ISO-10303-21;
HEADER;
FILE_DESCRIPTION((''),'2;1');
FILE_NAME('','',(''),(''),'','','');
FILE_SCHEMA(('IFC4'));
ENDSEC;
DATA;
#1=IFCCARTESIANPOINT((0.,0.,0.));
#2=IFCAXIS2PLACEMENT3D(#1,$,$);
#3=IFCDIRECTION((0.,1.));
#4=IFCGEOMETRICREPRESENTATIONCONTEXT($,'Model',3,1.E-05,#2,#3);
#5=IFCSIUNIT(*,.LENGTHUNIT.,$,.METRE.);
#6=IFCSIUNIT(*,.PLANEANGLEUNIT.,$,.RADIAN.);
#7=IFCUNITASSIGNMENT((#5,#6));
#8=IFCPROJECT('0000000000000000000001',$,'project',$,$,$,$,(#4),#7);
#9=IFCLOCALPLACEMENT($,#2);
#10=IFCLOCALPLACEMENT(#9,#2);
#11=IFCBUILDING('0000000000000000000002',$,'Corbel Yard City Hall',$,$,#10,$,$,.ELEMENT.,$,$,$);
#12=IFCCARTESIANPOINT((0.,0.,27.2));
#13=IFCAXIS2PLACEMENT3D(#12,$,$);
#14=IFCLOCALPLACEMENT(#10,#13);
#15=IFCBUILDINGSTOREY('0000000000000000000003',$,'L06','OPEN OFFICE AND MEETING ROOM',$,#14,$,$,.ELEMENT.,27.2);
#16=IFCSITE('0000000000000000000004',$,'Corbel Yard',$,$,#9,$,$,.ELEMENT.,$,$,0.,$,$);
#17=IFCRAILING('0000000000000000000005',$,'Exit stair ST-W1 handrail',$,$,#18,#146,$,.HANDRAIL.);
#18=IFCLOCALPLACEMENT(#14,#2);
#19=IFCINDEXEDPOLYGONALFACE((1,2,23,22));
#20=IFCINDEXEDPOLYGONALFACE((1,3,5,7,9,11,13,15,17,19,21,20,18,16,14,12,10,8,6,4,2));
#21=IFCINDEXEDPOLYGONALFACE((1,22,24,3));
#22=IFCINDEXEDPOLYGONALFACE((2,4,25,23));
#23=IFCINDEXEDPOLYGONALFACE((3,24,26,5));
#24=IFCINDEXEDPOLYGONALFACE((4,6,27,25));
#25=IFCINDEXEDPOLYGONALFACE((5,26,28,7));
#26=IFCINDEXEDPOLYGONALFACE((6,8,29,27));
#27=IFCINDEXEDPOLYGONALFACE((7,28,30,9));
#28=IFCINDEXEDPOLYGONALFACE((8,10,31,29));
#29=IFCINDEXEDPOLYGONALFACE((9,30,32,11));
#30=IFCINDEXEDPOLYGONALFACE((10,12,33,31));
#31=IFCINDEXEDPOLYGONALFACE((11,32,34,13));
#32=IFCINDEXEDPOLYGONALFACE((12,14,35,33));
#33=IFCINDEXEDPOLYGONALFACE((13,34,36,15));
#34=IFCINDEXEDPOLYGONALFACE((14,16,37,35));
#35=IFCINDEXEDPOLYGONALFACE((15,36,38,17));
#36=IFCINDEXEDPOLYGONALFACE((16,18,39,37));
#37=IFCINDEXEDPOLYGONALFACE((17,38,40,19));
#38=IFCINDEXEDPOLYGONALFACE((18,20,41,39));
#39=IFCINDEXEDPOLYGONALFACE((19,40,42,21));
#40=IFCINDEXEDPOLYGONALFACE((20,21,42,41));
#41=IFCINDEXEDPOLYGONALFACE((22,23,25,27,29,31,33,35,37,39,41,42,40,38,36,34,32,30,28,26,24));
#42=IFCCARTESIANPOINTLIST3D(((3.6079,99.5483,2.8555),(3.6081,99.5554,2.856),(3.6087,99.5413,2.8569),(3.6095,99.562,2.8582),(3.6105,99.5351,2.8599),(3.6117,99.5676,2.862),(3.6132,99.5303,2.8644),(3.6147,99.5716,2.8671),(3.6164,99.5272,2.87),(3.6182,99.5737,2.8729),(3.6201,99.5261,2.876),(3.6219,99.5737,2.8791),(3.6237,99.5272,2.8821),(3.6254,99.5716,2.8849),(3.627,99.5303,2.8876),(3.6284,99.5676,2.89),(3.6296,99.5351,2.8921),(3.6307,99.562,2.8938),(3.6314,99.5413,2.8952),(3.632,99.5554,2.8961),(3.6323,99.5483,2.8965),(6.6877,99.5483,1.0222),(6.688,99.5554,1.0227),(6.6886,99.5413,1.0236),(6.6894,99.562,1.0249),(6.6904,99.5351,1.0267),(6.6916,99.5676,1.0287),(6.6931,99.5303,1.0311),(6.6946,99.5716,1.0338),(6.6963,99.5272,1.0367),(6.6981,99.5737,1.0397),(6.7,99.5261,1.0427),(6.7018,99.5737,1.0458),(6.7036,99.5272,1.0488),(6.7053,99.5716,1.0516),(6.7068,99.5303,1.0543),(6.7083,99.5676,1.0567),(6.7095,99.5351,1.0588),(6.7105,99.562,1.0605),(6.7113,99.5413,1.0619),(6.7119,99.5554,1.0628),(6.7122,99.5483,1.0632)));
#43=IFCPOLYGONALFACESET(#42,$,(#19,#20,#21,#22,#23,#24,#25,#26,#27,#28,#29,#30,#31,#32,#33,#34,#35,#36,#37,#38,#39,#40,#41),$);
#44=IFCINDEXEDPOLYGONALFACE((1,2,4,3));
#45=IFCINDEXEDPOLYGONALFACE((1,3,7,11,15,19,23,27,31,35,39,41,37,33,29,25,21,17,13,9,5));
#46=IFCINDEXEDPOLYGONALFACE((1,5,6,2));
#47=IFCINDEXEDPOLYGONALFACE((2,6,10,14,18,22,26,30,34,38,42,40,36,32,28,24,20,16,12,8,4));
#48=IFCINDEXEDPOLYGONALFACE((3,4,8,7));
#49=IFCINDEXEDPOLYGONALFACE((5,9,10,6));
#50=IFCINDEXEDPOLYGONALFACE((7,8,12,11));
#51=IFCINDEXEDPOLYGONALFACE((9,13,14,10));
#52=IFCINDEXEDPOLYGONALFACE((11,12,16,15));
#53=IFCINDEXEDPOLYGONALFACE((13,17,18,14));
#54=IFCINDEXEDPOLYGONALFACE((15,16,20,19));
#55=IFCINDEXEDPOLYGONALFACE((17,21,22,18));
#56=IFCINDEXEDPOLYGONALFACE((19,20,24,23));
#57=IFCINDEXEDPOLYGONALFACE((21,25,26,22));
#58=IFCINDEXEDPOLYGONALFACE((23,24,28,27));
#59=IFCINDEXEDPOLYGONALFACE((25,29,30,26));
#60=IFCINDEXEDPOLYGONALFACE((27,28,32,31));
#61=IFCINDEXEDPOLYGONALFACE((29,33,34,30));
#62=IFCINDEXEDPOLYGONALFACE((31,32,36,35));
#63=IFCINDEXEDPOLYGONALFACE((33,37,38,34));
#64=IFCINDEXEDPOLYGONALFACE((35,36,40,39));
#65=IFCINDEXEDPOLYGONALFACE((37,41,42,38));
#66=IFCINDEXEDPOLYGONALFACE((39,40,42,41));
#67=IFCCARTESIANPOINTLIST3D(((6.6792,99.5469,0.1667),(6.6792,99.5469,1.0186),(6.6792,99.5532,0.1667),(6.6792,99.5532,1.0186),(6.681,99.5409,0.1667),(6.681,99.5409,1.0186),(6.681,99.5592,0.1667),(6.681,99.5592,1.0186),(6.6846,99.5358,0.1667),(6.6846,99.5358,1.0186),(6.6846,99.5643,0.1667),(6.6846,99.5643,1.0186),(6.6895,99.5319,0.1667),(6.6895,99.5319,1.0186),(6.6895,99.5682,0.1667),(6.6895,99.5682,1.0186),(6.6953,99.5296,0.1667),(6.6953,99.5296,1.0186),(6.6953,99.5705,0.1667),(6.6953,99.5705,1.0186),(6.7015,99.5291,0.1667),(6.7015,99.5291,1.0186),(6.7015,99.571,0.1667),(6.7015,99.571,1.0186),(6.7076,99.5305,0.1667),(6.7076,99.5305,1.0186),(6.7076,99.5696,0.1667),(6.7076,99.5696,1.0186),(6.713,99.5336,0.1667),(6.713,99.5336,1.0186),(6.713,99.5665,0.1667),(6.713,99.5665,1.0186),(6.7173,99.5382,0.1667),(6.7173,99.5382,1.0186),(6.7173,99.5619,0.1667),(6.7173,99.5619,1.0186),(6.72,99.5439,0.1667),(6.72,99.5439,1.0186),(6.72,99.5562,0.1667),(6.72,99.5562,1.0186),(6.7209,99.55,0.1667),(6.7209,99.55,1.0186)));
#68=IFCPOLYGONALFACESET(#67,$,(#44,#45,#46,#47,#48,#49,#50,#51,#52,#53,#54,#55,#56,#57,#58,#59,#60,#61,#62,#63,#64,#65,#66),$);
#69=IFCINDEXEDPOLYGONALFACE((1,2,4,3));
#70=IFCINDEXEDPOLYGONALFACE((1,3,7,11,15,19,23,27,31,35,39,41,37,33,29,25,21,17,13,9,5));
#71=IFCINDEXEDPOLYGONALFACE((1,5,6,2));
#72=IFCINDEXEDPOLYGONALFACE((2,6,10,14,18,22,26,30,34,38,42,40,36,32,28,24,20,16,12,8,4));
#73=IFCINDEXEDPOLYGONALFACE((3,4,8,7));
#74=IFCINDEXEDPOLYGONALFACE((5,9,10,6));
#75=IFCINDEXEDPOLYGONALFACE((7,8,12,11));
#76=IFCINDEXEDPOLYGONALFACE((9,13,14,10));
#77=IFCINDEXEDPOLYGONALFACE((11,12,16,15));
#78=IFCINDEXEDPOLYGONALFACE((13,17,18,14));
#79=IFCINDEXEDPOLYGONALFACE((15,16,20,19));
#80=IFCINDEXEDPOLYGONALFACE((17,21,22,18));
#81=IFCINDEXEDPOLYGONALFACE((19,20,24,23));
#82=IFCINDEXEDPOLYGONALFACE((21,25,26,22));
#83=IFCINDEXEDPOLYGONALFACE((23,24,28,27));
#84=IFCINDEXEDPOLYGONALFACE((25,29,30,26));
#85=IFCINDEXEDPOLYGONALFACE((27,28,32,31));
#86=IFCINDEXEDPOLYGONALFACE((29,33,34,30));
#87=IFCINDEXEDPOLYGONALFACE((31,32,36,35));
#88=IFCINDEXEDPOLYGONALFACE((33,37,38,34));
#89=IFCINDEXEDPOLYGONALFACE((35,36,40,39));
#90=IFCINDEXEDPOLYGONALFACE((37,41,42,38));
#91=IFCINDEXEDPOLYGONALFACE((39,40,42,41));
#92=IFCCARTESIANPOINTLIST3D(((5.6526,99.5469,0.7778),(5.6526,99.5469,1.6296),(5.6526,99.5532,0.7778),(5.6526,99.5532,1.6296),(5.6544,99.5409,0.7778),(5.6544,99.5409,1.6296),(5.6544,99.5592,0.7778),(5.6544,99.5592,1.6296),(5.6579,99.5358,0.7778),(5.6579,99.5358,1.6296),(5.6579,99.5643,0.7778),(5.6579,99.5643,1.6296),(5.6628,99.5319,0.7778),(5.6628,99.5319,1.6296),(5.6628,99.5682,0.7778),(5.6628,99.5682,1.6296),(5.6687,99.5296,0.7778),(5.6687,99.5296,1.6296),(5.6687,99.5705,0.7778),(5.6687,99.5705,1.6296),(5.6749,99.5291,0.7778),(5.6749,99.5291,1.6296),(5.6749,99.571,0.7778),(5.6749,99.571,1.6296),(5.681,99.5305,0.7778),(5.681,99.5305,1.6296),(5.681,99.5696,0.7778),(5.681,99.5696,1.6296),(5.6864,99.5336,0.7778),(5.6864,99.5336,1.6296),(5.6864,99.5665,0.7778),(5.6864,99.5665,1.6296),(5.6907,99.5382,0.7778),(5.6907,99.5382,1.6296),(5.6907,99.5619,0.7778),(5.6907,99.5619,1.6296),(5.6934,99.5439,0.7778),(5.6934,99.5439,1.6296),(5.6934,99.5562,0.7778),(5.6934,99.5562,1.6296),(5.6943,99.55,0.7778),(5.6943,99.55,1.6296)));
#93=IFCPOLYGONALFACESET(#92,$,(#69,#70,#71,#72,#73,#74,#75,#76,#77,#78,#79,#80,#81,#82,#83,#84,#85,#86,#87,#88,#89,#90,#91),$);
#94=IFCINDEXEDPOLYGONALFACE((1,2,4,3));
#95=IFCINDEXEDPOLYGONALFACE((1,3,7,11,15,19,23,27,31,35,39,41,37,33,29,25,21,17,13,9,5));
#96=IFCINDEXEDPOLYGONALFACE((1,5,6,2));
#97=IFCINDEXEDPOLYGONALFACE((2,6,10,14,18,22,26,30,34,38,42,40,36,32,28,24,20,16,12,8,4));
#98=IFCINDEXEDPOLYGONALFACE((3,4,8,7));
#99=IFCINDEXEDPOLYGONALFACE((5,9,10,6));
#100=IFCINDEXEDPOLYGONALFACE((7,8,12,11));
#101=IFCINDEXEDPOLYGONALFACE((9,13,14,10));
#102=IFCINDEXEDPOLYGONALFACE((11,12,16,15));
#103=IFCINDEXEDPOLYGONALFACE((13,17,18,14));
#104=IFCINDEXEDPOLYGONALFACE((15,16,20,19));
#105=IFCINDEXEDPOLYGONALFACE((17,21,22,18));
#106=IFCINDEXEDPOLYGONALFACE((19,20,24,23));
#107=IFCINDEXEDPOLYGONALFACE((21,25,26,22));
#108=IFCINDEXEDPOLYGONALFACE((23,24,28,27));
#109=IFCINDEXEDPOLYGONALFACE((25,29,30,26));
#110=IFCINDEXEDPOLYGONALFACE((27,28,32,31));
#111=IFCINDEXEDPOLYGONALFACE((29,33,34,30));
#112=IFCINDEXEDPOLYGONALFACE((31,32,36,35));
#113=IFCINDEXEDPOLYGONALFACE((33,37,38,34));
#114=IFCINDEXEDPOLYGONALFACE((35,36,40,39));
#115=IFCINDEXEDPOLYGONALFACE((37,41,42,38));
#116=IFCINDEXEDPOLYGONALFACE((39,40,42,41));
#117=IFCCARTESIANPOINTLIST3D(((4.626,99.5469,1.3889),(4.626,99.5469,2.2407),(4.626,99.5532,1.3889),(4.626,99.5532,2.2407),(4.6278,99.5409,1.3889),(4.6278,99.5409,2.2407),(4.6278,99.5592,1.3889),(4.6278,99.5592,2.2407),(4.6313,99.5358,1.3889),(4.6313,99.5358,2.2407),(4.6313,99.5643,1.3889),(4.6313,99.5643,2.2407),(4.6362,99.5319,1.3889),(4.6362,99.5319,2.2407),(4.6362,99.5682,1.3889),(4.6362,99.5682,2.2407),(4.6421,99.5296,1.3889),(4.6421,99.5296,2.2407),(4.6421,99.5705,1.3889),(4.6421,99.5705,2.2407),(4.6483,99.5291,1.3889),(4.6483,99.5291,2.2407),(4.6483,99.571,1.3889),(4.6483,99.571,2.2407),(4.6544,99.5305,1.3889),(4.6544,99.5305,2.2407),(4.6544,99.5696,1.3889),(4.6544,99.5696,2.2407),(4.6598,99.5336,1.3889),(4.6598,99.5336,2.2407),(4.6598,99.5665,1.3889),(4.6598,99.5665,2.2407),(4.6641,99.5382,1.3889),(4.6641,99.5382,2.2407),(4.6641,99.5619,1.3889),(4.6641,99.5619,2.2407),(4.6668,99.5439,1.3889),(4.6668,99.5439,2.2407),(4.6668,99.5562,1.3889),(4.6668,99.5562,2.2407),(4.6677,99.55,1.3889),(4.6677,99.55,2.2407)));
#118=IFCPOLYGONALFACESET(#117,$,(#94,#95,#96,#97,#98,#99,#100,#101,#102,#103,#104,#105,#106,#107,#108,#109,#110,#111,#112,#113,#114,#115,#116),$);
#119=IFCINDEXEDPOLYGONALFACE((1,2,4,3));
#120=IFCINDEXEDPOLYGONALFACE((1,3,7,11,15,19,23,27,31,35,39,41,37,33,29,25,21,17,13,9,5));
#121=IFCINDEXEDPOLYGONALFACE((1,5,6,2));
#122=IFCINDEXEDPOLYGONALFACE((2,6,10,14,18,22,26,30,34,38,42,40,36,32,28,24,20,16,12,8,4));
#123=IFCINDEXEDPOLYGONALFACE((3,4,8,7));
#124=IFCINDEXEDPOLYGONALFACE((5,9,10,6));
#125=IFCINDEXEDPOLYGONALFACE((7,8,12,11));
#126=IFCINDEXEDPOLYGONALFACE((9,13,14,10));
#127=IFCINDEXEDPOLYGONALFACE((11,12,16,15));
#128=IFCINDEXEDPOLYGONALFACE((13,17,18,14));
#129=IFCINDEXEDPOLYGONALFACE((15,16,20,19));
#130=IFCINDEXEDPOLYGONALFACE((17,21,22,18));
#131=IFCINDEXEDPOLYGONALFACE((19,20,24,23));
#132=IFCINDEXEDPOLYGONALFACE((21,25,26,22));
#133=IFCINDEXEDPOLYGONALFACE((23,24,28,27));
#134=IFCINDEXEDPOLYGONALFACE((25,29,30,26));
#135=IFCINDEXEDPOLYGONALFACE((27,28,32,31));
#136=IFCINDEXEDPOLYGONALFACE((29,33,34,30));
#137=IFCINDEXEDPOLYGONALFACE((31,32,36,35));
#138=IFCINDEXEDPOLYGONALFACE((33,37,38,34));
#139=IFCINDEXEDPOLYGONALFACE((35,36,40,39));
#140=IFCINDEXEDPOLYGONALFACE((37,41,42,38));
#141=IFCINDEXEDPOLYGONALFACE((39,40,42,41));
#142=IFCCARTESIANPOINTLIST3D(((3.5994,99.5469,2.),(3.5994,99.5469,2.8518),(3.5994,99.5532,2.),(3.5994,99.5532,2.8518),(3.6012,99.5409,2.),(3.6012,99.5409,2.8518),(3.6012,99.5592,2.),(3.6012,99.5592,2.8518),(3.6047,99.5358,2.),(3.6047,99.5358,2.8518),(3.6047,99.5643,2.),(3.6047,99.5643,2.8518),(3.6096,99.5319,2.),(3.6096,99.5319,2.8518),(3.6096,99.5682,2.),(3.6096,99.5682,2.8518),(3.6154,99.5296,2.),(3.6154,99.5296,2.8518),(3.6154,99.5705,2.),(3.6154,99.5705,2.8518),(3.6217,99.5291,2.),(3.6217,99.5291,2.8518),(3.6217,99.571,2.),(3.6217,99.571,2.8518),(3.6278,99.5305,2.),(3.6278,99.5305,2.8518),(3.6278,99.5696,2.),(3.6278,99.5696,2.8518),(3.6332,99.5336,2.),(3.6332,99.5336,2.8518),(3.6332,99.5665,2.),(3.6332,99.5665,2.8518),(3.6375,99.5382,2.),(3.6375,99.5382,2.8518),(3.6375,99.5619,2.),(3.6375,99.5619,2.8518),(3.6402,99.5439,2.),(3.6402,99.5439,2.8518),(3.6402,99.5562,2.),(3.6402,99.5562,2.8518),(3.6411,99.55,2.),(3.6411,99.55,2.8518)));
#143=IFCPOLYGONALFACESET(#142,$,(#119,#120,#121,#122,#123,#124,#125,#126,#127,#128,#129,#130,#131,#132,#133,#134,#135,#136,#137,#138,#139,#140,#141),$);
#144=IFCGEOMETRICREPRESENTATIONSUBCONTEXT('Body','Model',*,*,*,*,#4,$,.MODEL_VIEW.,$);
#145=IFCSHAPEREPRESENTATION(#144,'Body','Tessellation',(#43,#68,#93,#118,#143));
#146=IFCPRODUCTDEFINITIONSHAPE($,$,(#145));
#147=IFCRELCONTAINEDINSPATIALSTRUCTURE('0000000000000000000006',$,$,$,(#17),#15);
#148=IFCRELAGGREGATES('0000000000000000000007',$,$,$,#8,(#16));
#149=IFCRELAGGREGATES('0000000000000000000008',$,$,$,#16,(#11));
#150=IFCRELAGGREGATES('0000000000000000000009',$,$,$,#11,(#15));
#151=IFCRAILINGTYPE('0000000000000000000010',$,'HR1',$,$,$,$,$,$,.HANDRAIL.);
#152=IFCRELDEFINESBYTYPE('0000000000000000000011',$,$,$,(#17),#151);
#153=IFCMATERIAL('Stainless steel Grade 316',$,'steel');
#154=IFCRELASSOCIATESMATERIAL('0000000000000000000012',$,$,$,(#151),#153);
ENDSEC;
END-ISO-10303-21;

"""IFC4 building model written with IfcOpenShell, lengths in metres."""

from ifc_helpers import new_model, si_unit, direction, frame, origin, origin_2d, place, context, subcontext, project, spatial, circle, extrude, material, type_object, element, save


model = new_model("IFC4")

# Units and contexts
model_context = context("Model", 3, precision=1e-05, world=origin(), true_north=direction((0.0, 1.0)))
body_context = subcontext(model_context, "Body", "Model", "MODEL_VIEW")
ifc_project = project(units=[si_unit("LENGTHUNIT", "METRE"), si_unit("PLANEANGLEUNIT", "RADIAN")], contexts=[model_context])

# Site, building, storey
site_placement = place(None, origin())
site = spatial("IfcSite", under=ifc_project, at=site_placement, Name="Corbel Yard", CompositionType="ELEMENT", RefElevation=0.0)
building_placement = place(site_placement, origin())
building = spatial("IfcBuilding", under=site, at=building_placement, Name="Corbel Yard City Hall", CompositionType="ELEMENT")
storey_placement = place(building_placement, frame((0.0, 0.0, 27.2)))
storey = spatial("IfcBuildingStorey", under=building, at=storey_placement, Name="L06", Description="OPEN OFFICE AND MEETING ROOM", CompositionType="ELEMENT", Elevation=27.2)

# Railing
ifc_material_1 = material(Name="Stainless steel Grade 316", Category="steel")
railing_type = type_object("IfcRailingType", Name="HR1", PredefinedType="HANDRAIL", material=ifc_material_1)
for number, where, name in (
    (1, (6.7, 99.55, 0.1667), "Exit stair ST-W1 handrail"),
):
    element("IfcRailing", number, at=place(storey_placement, frame(where)), inside=storey, type_object=railing_type, Name=name, PredefinedType="HANDRAIL", context=body_context, shape_type="SweptSolid", body=[
        extrude(circle(Radius=0.0239, at=origin_2d()), frame((0.0, 0.0, 0.876), z_axis=(-0.859291, 0.0, 0.511487), x_axis=(0.0, -1.0, 0.0)), (0.0, 0.0, 1.0), 3.5842),
        extrude(circle(Radius=0.021, at=origin_2d()), origin(), (0.0, 0.0, 1.0), 0.8518),
        extrude(circle(Radius=0.021, at=origin_2d()), frame((-1.0266, 0.0, 0.6111)), (0.0, 0.0, 1.0), 0.8518),
        extrude(circle(Radius=0.021, at=origin_2d()), frame((-2.0532, 0.0, 1.2222)), (0.0, 0.0, 1.0), 0.8518),
        extrude(circle(Radius=0.021, at=origin_2d()), frame((-3.0798, 0.0, 1.8333)), (0.0, 0.0, 1.0), 0.8518),
    ])

save(model, "model.ifc")
